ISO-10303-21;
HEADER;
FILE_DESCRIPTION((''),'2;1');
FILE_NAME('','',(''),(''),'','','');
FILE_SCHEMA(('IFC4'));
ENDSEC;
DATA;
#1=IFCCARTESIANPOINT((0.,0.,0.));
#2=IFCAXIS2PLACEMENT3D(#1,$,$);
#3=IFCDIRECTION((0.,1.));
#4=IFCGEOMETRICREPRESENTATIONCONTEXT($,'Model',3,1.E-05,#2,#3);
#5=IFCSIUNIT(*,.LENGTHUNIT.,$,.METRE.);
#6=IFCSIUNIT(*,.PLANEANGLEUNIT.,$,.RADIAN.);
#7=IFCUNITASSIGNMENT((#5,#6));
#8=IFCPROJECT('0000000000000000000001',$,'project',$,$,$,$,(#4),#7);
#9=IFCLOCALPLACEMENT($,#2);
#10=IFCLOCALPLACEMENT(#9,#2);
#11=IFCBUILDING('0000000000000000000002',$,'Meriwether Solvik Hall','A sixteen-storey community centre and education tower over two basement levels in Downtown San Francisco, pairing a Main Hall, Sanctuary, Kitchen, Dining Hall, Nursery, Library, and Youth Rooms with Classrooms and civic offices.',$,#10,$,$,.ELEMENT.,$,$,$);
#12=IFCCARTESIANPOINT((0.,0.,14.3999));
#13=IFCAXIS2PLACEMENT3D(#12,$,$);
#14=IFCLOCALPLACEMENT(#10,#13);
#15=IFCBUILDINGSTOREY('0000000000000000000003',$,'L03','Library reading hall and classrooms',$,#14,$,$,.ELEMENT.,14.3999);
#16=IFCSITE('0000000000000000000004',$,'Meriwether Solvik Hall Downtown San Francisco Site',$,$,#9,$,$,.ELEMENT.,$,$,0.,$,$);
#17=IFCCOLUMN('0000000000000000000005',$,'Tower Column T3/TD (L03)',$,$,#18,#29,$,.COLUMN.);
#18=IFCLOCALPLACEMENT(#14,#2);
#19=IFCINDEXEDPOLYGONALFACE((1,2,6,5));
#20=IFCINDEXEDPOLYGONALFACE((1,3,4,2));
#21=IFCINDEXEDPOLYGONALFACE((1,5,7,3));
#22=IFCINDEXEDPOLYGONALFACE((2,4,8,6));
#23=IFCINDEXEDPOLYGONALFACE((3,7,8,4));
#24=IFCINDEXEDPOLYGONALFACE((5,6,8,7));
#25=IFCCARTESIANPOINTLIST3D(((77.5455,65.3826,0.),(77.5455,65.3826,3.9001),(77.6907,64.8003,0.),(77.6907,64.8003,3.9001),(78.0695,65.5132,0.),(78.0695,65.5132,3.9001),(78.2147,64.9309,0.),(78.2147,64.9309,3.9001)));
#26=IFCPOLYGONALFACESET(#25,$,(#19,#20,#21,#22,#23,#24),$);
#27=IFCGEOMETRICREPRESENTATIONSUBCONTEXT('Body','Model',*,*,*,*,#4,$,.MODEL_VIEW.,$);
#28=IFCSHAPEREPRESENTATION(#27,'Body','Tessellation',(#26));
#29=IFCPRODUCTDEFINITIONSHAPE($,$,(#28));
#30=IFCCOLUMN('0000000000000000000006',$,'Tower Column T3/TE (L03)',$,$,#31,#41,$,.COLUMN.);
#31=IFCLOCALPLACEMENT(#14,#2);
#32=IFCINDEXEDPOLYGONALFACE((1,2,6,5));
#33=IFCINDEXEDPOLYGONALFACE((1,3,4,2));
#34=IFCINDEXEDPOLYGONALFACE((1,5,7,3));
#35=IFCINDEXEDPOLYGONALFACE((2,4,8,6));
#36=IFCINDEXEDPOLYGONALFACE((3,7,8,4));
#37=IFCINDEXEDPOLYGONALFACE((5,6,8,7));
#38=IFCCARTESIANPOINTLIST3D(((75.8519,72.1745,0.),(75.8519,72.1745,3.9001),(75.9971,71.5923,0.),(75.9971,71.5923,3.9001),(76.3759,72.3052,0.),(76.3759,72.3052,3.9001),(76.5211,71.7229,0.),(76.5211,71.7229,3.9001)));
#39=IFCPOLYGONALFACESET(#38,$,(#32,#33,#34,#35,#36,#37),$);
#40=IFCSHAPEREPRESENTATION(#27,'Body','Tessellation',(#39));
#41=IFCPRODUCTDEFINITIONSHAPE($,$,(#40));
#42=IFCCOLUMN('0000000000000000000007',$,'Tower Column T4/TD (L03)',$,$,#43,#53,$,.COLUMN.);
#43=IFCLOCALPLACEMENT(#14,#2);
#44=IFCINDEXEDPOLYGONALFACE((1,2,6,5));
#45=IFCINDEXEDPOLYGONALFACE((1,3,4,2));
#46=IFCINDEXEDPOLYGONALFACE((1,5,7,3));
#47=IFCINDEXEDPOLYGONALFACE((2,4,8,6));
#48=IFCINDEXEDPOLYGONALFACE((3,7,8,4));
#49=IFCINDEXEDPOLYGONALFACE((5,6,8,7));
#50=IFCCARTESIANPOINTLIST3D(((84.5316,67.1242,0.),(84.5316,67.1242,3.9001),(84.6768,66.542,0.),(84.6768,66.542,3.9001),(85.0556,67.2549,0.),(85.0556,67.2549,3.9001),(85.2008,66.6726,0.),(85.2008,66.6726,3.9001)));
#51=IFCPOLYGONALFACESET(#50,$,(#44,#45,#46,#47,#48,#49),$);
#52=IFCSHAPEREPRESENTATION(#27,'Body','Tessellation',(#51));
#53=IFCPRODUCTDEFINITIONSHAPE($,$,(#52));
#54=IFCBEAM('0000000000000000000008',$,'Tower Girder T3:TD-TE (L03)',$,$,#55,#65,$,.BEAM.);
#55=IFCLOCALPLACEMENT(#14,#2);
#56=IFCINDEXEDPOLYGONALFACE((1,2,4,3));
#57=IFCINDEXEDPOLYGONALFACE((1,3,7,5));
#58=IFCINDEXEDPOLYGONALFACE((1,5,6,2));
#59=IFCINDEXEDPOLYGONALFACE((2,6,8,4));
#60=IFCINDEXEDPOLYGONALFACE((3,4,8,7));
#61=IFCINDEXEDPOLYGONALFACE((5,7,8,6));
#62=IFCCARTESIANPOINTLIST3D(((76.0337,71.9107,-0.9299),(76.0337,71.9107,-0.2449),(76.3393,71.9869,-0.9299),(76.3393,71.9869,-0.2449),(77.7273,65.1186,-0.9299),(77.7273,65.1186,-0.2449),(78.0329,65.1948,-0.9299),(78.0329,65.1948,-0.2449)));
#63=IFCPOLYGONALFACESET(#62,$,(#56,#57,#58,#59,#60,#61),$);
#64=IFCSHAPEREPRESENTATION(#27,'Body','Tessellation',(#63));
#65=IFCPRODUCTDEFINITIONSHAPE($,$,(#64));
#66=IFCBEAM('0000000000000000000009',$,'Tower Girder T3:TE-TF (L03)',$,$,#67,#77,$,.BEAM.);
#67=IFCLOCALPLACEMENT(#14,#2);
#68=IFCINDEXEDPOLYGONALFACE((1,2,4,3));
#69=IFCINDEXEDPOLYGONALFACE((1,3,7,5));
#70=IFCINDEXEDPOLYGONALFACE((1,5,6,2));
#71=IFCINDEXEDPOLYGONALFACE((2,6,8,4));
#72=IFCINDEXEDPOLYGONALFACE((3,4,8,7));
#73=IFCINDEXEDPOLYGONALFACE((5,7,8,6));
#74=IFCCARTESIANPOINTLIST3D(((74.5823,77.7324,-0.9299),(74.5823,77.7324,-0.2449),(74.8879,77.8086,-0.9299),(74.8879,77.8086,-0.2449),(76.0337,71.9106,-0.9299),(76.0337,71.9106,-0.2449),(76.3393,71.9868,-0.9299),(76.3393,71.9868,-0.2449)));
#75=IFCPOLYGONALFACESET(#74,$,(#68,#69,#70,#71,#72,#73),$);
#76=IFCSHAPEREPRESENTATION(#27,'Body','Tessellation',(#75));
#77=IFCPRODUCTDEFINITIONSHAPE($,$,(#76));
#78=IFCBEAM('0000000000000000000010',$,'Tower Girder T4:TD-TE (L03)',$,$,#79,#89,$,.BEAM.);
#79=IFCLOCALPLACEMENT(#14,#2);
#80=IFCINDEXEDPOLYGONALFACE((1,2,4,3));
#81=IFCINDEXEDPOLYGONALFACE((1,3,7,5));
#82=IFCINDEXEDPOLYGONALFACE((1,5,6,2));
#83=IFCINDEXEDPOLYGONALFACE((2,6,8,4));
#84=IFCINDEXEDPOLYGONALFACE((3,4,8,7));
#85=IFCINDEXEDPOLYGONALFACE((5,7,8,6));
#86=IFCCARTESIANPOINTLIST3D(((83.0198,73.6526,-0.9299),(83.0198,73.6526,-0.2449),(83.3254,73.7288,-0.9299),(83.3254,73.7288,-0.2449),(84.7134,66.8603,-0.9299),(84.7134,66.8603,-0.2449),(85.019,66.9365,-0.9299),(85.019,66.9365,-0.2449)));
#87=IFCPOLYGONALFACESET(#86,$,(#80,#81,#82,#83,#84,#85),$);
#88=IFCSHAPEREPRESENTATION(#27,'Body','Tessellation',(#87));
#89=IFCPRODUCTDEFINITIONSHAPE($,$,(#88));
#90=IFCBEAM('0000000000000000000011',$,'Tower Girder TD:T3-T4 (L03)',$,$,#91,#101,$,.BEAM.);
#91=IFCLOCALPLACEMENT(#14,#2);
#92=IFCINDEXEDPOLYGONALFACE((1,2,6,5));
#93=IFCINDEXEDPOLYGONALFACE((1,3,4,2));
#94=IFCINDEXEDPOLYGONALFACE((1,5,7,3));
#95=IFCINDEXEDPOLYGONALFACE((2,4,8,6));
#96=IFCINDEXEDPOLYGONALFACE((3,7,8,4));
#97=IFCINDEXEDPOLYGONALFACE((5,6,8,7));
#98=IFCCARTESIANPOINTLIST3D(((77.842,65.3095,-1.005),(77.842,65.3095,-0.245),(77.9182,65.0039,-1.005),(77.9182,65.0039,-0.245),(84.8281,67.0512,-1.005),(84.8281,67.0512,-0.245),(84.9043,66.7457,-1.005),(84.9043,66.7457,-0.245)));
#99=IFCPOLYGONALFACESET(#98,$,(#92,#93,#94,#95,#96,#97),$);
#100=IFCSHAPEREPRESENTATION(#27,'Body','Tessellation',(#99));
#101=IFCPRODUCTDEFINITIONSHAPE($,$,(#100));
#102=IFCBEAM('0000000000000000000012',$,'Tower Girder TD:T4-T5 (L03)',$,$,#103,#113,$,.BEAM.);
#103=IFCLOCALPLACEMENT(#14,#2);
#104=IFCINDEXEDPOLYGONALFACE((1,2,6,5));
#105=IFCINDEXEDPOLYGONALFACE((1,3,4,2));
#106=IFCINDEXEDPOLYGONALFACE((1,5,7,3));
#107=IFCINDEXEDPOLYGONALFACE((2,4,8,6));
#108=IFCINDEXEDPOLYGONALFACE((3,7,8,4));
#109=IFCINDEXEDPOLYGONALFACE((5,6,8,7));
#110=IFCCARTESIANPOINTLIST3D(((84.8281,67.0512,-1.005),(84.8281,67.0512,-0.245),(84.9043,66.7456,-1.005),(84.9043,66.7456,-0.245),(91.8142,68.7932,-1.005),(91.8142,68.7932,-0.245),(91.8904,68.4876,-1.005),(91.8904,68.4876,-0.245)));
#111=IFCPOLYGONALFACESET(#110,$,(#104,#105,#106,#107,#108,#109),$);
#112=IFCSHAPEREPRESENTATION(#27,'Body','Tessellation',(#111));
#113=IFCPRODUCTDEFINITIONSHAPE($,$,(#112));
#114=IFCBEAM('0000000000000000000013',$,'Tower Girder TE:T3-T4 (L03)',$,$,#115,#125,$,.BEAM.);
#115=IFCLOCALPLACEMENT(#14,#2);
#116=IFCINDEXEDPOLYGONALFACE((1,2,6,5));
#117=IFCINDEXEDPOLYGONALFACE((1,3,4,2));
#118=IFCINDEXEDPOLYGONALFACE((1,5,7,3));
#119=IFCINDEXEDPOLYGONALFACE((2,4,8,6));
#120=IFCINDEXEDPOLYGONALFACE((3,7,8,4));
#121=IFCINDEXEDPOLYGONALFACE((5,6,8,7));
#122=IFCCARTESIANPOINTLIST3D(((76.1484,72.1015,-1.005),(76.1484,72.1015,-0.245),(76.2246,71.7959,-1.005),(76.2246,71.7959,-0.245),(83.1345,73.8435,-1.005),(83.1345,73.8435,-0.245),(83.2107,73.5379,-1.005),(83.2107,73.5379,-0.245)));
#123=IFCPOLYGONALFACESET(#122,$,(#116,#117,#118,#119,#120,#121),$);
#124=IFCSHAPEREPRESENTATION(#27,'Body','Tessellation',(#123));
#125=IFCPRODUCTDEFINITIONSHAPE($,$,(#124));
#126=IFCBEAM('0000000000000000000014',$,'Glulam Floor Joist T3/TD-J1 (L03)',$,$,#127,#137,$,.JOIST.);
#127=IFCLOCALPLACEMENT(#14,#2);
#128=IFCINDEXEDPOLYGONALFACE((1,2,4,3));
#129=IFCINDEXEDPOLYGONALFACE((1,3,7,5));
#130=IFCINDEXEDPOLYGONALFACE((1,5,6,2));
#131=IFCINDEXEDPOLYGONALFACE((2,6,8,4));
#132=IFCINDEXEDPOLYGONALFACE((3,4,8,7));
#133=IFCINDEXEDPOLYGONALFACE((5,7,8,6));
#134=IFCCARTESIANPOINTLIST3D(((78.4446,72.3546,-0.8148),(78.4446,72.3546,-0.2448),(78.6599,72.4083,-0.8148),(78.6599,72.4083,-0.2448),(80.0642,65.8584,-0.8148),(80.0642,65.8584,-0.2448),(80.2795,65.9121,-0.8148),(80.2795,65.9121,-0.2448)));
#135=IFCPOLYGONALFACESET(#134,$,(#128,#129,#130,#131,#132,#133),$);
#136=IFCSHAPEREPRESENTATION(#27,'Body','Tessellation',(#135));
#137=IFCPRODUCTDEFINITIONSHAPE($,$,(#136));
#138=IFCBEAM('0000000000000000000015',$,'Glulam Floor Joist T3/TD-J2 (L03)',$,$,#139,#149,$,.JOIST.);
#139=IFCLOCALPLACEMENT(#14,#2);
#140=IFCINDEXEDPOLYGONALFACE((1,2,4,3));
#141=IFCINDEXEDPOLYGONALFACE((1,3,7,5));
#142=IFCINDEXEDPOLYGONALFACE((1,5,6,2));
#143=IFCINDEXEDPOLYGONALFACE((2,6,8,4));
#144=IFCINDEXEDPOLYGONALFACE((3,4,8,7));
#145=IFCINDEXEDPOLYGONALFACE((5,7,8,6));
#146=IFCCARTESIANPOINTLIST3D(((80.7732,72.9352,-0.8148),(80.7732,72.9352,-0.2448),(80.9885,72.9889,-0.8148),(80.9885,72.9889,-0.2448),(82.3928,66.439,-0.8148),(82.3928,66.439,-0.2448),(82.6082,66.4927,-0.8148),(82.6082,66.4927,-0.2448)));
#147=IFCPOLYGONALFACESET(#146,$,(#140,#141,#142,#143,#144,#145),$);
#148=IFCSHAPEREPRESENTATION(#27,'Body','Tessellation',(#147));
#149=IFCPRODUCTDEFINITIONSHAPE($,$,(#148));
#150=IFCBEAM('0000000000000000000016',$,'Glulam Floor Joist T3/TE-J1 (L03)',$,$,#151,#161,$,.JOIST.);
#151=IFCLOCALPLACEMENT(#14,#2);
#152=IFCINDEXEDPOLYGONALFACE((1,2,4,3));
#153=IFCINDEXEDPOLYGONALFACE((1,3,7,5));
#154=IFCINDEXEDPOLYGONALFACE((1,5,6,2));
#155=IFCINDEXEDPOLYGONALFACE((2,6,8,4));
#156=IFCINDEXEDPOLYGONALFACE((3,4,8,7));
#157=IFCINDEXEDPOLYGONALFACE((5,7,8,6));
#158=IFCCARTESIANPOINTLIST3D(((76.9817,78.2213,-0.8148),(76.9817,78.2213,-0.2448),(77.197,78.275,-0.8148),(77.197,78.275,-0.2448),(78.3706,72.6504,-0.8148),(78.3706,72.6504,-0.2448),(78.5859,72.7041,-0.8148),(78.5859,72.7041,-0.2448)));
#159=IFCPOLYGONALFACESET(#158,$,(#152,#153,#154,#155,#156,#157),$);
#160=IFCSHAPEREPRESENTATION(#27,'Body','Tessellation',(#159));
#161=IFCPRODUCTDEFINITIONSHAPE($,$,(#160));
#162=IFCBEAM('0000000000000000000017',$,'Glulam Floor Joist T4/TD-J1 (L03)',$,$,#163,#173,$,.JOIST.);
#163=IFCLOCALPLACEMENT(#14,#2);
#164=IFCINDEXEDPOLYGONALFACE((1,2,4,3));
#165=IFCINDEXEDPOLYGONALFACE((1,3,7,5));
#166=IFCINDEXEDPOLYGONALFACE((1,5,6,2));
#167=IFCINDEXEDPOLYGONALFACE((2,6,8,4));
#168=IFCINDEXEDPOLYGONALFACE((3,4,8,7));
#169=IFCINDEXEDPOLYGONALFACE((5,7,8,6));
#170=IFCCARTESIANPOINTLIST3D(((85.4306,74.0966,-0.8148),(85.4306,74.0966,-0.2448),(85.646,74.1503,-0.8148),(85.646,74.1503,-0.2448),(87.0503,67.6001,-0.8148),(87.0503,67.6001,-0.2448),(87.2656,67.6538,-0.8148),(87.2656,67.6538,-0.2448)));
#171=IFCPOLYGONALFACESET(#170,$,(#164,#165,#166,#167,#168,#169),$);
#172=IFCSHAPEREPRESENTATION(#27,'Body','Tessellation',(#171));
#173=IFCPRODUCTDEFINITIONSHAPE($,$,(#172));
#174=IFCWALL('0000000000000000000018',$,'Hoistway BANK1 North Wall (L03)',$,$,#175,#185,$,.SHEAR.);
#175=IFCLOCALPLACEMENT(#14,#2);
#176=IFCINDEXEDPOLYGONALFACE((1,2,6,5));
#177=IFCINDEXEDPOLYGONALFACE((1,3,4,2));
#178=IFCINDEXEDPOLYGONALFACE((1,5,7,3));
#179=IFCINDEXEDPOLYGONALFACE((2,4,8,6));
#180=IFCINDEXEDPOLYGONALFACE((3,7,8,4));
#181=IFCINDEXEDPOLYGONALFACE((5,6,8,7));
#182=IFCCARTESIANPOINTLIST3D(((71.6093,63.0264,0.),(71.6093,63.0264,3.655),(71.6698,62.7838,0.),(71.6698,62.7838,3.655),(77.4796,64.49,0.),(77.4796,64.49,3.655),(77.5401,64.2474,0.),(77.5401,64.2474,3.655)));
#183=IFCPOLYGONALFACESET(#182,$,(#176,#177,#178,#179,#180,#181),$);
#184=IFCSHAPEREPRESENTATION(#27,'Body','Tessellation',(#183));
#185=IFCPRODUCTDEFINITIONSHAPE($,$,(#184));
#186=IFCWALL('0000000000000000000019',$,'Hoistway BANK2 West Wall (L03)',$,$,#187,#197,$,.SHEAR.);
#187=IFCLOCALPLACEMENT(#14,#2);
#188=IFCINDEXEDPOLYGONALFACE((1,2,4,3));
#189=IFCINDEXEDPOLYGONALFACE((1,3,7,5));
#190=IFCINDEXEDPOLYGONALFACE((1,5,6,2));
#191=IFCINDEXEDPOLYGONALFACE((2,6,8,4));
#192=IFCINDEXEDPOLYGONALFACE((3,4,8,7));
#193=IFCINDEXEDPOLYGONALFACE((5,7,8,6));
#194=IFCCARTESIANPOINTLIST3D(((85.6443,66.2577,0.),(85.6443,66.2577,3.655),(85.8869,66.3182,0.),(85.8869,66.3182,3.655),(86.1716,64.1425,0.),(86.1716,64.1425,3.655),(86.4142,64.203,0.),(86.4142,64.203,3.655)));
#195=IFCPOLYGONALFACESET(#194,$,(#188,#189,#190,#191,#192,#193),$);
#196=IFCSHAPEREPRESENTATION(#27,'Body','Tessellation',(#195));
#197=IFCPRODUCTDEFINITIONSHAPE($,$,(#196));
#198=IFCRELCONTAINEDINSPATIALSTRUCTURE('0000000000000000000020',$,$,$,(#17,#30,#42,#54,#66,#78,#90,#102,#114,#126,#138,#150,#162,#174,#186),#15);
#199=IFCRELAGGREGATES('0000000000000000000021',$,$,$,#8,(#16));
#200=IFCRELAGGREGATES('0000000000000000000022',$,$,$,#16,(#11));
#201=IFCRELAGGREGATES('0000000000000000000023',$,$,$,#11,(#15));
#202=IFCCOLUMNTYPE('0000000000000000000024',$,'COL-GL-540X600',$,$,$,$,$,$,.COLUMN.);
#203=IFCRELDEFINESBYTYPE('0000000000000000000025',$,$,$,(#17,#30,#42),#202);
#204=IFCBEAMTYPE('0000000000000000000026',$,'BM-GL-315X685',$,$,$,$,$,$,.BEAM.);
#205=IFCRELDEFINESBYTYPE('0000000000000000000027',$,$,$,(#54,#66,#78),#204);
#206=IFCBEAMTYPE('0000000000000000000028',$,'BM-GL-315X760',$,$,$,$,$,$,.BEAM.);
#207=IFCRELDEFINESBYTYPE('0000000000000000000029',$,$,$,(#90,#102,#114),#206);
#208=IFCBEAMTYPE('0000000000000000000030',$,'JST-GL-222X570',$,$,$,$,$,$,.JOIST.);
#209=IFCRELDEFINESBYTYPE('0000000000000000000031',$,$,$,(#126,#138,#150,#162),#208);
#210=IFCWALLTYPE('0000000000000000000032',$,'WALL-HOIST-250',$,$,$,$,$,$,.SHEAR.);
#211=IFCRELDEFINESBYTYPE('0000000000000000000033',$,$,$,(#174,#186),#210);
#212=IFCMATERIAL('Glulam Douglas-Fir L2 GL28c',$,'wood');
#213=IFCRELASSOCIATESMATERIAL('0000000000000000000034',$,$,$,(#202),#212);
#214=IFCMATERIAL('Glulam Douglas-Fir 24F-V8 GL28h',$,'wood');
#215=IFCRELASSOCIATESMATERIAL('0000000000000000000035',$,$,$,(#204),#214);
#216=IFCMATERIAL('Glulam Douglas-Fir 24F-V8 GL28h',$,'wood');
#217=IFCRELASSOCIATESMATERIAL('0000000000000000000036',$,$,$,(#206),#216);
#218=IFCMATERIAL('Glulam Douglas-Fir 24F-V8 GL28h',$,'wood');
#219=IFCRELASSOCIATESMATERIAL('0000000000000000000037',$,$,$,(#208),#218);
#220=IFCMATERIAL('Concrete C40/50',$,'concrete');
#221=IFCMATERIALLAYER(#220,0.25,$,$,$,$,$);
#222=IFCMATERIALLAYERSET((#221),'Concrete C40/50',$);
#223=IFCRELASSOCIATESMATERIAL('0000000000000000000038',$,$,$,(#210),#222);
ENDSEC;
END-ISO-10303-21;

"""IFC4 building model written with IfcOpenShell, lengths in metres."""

from ifc_helpers import new_model, si_unit, direction, frame, frame_2d, origin, origin_2d, place, context, subcontext, project, spatial, rectangle, extrude, material, layer, layer_set, material_profile, profile_set, type_object, element, save


model = new_model("IFC4")

# Units and contexts
model_context = context("Model", 3, precision=1e-05, world=origin(), true_north=direction((0.0, 1.0)))
body_context = subcontext(model_context, "Body", "Model", "MODEL_VIEW")
ifc_project = project(units=[si_unit("LENGTHUNIT", "METRE"), si_unit("PLANEANGLEUNIT", "RADIAN")], contexts=[model_context])

# Site, building, storey
site_placement = place(None, origin())
site = spatial("IfcSite", under=ifc_project, at=site_placement, Name="Meriwether Solvik Hall Downtown San Francisco Site", CompositionType="ELEMENT", RefElevation=0.0)
building_placement = place(site_placement, origin())
building = spatial("IfcBuilding", under=site, at=building_placement, Name="Meriwether Solvik Hall", Description="A sixteen-storey community centre and education tower over two basement levels in Downtown San Francisco, pairing a Main Hall, Sanctuary, Kitchen, Dining Hall, Nursery, Library, and Youth Rooms with Classrooms and civic offices.", CompositionType="ELEMENT")
storey_placement = place(building_placement, frame((0.0, 0.0, 14.3999)))
storey = spatial("IfcBuildingStorey", under=building, at=storey_placement, Name="L03", Description="Library reading hall and classrooms", CompositionType="ELEMENT", Elevation=14.3999)

# Columns
ifc_material_1 = material(Name="Glulam Douglas-Fir L2 GL28c", Category="wood")
ifc_material_profile_1 = material_profile(ifc_material_1, rectangle(XDim=0.54, YDim=0.6001, at=origin_2d()), Name="GLC-540X600")
ifc_profile_set_1 = profile_set([ifc_material_profile_1], Name="Glulam Douglas-Fir L2 GL28c")
column_type = type_object("IfcColumnType", Name="COL-GL-540X600", PredefinedType="COLUMN", material=ifc_profile_set_1)
for number, where, z_axis, x_axis, name in (
    (1, (77.8801, 65.1567, 0.0), (0.0, 0.0, 1.0), (0.970296, 0.241922, 0.0), "Tower Column T3/TD (L03)"),
    (2, (76.1865, 71.9487, 0.0), (0.0, 0.0, 1.0), (0.970296, 0.241922, 0.0), "Tower Column T3/TE (L03)"),
    (3, (84.8662, 66.8984, 0.0), (0.0, 0.0, 1.0), (0.970296, 0.241922, 0.0), "Tower Column T4/TD (L03)"),
):
    element("IfcColumn", number, at=place(storey_placement, frame(where, z_axis=z_axis, x_axis=x_axis)), inside=storey, type_object=column_type, Name=name, PredefinedType="COLUMN", context=body_context, shape_type="SweptSolid", body=[
        extrude(rectangle(XDim=0.54, YDim=0.6001, at=origin_2d()), origin(), (0.0, 0.0, 1.0), 3.9001),
    ])

# Beams
ifc_material_2 = material(Name="Glulam Douglas-Fir 24F-V8 GL28h", Category="wood")
ifc_material_profile_2 = material_profile(ifc_material_2, rectangle(XDim=0.3149, YDim=0.6851, at=origin_2d()), Name="GLB-315X685")
ifc_profile_set_2 = profile_set([ifc_material_profile_2], Name="Glulam Douglas-Fir 24F-V8 GL28h")
beam_type_1 = type_object("IfcBeamType", Name="BM-GL-315X685", PredefinedType="BEAM", material=ifc_profile_set_2)
beam_1_placement = place(storey_placement, frame((77.8801, 65.1567, -0.5874), z_axis=(-0.241945, 0.97029, 0.0), x_axis=(-0.97029, -0.241945, 0.0)))
element("IfcBeam", 4, at=beam_1_placement, inside=storey, type_object=beam_type_1, Name="Tower Girder T3:TD-TE (L03)", PredefinedType="BEAM", context=body_context, shape_type="SweptSolid", body=[
    extrude(rectangle(XDim=0.3149, YDim=0.6851, at=origin_2d()), origin(), (0.0, 0.0, 1.0), 7.0),
])
beam_2_placement = place(storey_placement, frame((76.1865, 71.9487, -0.5874), z_axis=(-0.241904, 0.9703, 0.0), x_axis=(-0.9703, -0.241904, 0.0)))
element("IfcBeam", 5, at=beam_2_placement, inside=storey, type_object=beam_type_1, Name="Tower Girder T3:TE-TF (L03)", PredefinedType="BEAM", context=body_context, shape_type="SweptSolid", body=[
    extrude(rectangle(XDim=0.3149, YDim=0.6851, at=origin_2d()), origin(), (0.0, 0.0, 1.0), 6.0),
])
beam_3_placement = place(storey_placement, frame((84.8662, 66.8984, -0.5874), z_axis=(-0.241937, 0.970292, 0.0), x_axis=(-0.970292, -0.241937, 0.0)))
element("IfcBeam", 6, at=beam_3_placement, inside=storey, type_object=beam_type_1, Name="Tower Girder T4:TD-TE (L03)", PredefinedType="BEAM", context=body_context, shape_type="SweptSolid", body=[
    extrude(rectangle(XDim=0.3149, YDim=0.6851, at=origin_2d()), origin(), (0.0, 0.0, 1.0), 7.0002),
])
ifc_material_3 = material(Name="Glulam Douglas-Fir 24F-V8 GL28h", Category="wood")
ifc_material_profile_3 = material_profile(ifc_material_3, rectangle(XDim=0.3149, YDim=0.76, at=origin_2d()), Name="GLB-315X760")
ifc_profile_set_3 = profile_set([ifc_material_profile_3], Name="Glulam Douglas-Fir 24F-V8 GL28h")
beam_type_2 = type_object("IfcBeamType", Name="BM-GL-315X760", PredefinedType="BEAM", material=ifc_profile_set_3)
for number, where, z_axis, x_axis, name in (
    (7, (77.8801, 65.1567, -0.625), (0.9703, 0.241905, 0.0), (-0.241905, 0.9703, 0.0), "Tower Girder TD:T3-T4 (L03)"),
    (8, (84.8662, 66.8984, -0.625), (0.970292, 0.241937, 0.0), (-0.241937, 0.970292, 0.0), "Tower Girder TD:T4-T5 (L03)"),
    (9, (76.1865, 71.9487, -0.625), (0.970292, 0.241937, 0.0), (-0.241937, 0.970292, 0.0), "Tower Girder TE:T3-T4 (L03)"),
):
    element("IfcBeam", number, at=place(storey_placement, frame(where, z_axis=z_axis, x_axis=x_axis)), inside=storey, type_object=beam_type_2, Name=name, PredefinedType="BEAM", context=body_context, shape_type="SweptSolid", body=[
        extrude(rectangle(XDim=0.3149, YDim=0.76, at=origin_2d()), origin(), (0.0, 0.0, 1.0), 7.2),
    ])
ifc_material_4 = material(Name="Glulam Douglas-Fir 24F-V8 GL28h", Category="wood")
ifc_material_profile_4 = material_profile(ifc_material_4, rectangle(XDim=0.2219, YDim=0.5701, at=origin_2d()), Name="GLJ-222X570")
ifc_profile_set_4 = profile_set([ifc_material_profile_4], Name="Glulam Douglas-Fir 24F-V8 GL28h")
beam_type_3 = type_object("IfcBeamType", Name="JST-GL-222X570", PredefinedType="JOIST", material=ifc_profile_set_4)
for number, where, z_axis, x_axis, name in (
    (10, (80.1719, 65.8853, -0.5298), (-0.241918, 0.970297, 0.0), (-0.970297, -0.241918, 0.0), "Glulam Floor Joist T3/TD-J1 (L03)"),
    (11, (82.5005, 66.4658, -0.5298), (-0.241918, 0.970297, 0.0), (-0.970297, -0.241918, 0.0), "Glulam Floor Joist T3/TD-J2 (L03)"),
):
    element("IfcBeam", number, at=place(storey_placement, frame(where, z_axis=z_axis, x_axis=x_axis)), inside=storey, type_object=beam_type_3, Name=name, PredefinedType="JOIST", context=body_context, shape_type="SweptSolid", body=[
        extrude(rectangle(XDim=0.2219, YDim=0.5701, at=origin_2d()), origin(), (0.0, 0.0, 1.0), 6.6951),
    ])
beam_4_placement = place(storey_placement, frame((78.4783, 72.6772, -0.5298), z_axis=(-0.241905, 0.9703, 0.0), x_axis=(-0.9703, -0.241905, 0.0)))
element("IfcBeam", 12, at=beam_4_placement, inside=storey, type_object=beam_type_3, Name="Glulam Floor Joist T3/TE-J1 (L03)", PredefinedType="JOIST", context=body_context, shape_type="SweptSolid", body=[
    extrude(rectangle(XDim=0.2219, YDim=0.5701, at=origin_2d()), origin(), (0.0, 0.0, 1.0), 5.7415),
])
beam_5_placement = place(storey_placement, frame((87.158, 67.627, -0.5298), z_axis=(-0.241909, 0.970299, 0.0), x_axis=(-0.970299, -0.241909, 0.0)))
element("IfcBeam", 13, at=beam_5_placement, inside=storey, type_object=beam_type_3, Name="Glulam Floor Joist T4/TD-J1 (L03)", PredefinedType="JOIST", context=body_context, shape_type="SweptSolid", body=[
    extrude(rectangle(XDim=0.2219, YDim=0.5701, at=origin_2d()), origin(), (0.0, 0.0, 1.0), 6.6953),
])

# Walls
ifc_material_5 = material(Name="Concrete C40/50", Category="concrete")
ifc_layer_1 = layer(ifc_material_5, 0.25)
ifc_layer_set_1 = layer_set([ifc_layer_1], Name="Concrete C40/50")
wall_type_1 = type_object("IfcWallType", Name="WALL-HOIST-250", PredefinedType="SHEAR", material=ifc_layer_set_1)
wall_1_placement = place(storey_placement, frame((77.5098, 64.3687, 0.0), z_axis=(0.0, 0.0, 1.0), x_axis=(-0.970297, -0.241918, 0.0)))
element("IfcWall", 14, at=wall_1_placement, inside=storey, type_object=wall_type_1, Name="Hoistway BANK1 North Wall (L03)", PredefinedType="SHEAR", context=body_context, shape_type="SweptSolid", body=[
    extrude(rectangle(XDim=6.05, YDim=0.25, at=frame_2d((3.0249, 0.0))), origin(), (0.0, 0.0, 1.0), 3.655),
])
for number, where, z_axis, x_axis, name in (
    (15, (85.7656, 66.2878, 0.0), (0.0, 0.0, 1.0), (0.241903, -0.9703, 0.0), "Hoistway BANK2 West Wall (L03)"),
):
    element("IfcWall", number, at=place(storey_placement, frame(where, z_axis=z_axis, x_axis=x_axis)), inside=storey, type_object=wall_type_1, Name=name, PredefinedType="SHEAR", context=body_context, shape_type="SweptSolid", body=[
        extrude(rectangle(XDim=2.1799, YDim=0.25, at=frame_2d((1.0898, 0.0))), origin(), (0.0, 0.0, 1.0), 3.655),
    ])

save(model, "model.ifc")
